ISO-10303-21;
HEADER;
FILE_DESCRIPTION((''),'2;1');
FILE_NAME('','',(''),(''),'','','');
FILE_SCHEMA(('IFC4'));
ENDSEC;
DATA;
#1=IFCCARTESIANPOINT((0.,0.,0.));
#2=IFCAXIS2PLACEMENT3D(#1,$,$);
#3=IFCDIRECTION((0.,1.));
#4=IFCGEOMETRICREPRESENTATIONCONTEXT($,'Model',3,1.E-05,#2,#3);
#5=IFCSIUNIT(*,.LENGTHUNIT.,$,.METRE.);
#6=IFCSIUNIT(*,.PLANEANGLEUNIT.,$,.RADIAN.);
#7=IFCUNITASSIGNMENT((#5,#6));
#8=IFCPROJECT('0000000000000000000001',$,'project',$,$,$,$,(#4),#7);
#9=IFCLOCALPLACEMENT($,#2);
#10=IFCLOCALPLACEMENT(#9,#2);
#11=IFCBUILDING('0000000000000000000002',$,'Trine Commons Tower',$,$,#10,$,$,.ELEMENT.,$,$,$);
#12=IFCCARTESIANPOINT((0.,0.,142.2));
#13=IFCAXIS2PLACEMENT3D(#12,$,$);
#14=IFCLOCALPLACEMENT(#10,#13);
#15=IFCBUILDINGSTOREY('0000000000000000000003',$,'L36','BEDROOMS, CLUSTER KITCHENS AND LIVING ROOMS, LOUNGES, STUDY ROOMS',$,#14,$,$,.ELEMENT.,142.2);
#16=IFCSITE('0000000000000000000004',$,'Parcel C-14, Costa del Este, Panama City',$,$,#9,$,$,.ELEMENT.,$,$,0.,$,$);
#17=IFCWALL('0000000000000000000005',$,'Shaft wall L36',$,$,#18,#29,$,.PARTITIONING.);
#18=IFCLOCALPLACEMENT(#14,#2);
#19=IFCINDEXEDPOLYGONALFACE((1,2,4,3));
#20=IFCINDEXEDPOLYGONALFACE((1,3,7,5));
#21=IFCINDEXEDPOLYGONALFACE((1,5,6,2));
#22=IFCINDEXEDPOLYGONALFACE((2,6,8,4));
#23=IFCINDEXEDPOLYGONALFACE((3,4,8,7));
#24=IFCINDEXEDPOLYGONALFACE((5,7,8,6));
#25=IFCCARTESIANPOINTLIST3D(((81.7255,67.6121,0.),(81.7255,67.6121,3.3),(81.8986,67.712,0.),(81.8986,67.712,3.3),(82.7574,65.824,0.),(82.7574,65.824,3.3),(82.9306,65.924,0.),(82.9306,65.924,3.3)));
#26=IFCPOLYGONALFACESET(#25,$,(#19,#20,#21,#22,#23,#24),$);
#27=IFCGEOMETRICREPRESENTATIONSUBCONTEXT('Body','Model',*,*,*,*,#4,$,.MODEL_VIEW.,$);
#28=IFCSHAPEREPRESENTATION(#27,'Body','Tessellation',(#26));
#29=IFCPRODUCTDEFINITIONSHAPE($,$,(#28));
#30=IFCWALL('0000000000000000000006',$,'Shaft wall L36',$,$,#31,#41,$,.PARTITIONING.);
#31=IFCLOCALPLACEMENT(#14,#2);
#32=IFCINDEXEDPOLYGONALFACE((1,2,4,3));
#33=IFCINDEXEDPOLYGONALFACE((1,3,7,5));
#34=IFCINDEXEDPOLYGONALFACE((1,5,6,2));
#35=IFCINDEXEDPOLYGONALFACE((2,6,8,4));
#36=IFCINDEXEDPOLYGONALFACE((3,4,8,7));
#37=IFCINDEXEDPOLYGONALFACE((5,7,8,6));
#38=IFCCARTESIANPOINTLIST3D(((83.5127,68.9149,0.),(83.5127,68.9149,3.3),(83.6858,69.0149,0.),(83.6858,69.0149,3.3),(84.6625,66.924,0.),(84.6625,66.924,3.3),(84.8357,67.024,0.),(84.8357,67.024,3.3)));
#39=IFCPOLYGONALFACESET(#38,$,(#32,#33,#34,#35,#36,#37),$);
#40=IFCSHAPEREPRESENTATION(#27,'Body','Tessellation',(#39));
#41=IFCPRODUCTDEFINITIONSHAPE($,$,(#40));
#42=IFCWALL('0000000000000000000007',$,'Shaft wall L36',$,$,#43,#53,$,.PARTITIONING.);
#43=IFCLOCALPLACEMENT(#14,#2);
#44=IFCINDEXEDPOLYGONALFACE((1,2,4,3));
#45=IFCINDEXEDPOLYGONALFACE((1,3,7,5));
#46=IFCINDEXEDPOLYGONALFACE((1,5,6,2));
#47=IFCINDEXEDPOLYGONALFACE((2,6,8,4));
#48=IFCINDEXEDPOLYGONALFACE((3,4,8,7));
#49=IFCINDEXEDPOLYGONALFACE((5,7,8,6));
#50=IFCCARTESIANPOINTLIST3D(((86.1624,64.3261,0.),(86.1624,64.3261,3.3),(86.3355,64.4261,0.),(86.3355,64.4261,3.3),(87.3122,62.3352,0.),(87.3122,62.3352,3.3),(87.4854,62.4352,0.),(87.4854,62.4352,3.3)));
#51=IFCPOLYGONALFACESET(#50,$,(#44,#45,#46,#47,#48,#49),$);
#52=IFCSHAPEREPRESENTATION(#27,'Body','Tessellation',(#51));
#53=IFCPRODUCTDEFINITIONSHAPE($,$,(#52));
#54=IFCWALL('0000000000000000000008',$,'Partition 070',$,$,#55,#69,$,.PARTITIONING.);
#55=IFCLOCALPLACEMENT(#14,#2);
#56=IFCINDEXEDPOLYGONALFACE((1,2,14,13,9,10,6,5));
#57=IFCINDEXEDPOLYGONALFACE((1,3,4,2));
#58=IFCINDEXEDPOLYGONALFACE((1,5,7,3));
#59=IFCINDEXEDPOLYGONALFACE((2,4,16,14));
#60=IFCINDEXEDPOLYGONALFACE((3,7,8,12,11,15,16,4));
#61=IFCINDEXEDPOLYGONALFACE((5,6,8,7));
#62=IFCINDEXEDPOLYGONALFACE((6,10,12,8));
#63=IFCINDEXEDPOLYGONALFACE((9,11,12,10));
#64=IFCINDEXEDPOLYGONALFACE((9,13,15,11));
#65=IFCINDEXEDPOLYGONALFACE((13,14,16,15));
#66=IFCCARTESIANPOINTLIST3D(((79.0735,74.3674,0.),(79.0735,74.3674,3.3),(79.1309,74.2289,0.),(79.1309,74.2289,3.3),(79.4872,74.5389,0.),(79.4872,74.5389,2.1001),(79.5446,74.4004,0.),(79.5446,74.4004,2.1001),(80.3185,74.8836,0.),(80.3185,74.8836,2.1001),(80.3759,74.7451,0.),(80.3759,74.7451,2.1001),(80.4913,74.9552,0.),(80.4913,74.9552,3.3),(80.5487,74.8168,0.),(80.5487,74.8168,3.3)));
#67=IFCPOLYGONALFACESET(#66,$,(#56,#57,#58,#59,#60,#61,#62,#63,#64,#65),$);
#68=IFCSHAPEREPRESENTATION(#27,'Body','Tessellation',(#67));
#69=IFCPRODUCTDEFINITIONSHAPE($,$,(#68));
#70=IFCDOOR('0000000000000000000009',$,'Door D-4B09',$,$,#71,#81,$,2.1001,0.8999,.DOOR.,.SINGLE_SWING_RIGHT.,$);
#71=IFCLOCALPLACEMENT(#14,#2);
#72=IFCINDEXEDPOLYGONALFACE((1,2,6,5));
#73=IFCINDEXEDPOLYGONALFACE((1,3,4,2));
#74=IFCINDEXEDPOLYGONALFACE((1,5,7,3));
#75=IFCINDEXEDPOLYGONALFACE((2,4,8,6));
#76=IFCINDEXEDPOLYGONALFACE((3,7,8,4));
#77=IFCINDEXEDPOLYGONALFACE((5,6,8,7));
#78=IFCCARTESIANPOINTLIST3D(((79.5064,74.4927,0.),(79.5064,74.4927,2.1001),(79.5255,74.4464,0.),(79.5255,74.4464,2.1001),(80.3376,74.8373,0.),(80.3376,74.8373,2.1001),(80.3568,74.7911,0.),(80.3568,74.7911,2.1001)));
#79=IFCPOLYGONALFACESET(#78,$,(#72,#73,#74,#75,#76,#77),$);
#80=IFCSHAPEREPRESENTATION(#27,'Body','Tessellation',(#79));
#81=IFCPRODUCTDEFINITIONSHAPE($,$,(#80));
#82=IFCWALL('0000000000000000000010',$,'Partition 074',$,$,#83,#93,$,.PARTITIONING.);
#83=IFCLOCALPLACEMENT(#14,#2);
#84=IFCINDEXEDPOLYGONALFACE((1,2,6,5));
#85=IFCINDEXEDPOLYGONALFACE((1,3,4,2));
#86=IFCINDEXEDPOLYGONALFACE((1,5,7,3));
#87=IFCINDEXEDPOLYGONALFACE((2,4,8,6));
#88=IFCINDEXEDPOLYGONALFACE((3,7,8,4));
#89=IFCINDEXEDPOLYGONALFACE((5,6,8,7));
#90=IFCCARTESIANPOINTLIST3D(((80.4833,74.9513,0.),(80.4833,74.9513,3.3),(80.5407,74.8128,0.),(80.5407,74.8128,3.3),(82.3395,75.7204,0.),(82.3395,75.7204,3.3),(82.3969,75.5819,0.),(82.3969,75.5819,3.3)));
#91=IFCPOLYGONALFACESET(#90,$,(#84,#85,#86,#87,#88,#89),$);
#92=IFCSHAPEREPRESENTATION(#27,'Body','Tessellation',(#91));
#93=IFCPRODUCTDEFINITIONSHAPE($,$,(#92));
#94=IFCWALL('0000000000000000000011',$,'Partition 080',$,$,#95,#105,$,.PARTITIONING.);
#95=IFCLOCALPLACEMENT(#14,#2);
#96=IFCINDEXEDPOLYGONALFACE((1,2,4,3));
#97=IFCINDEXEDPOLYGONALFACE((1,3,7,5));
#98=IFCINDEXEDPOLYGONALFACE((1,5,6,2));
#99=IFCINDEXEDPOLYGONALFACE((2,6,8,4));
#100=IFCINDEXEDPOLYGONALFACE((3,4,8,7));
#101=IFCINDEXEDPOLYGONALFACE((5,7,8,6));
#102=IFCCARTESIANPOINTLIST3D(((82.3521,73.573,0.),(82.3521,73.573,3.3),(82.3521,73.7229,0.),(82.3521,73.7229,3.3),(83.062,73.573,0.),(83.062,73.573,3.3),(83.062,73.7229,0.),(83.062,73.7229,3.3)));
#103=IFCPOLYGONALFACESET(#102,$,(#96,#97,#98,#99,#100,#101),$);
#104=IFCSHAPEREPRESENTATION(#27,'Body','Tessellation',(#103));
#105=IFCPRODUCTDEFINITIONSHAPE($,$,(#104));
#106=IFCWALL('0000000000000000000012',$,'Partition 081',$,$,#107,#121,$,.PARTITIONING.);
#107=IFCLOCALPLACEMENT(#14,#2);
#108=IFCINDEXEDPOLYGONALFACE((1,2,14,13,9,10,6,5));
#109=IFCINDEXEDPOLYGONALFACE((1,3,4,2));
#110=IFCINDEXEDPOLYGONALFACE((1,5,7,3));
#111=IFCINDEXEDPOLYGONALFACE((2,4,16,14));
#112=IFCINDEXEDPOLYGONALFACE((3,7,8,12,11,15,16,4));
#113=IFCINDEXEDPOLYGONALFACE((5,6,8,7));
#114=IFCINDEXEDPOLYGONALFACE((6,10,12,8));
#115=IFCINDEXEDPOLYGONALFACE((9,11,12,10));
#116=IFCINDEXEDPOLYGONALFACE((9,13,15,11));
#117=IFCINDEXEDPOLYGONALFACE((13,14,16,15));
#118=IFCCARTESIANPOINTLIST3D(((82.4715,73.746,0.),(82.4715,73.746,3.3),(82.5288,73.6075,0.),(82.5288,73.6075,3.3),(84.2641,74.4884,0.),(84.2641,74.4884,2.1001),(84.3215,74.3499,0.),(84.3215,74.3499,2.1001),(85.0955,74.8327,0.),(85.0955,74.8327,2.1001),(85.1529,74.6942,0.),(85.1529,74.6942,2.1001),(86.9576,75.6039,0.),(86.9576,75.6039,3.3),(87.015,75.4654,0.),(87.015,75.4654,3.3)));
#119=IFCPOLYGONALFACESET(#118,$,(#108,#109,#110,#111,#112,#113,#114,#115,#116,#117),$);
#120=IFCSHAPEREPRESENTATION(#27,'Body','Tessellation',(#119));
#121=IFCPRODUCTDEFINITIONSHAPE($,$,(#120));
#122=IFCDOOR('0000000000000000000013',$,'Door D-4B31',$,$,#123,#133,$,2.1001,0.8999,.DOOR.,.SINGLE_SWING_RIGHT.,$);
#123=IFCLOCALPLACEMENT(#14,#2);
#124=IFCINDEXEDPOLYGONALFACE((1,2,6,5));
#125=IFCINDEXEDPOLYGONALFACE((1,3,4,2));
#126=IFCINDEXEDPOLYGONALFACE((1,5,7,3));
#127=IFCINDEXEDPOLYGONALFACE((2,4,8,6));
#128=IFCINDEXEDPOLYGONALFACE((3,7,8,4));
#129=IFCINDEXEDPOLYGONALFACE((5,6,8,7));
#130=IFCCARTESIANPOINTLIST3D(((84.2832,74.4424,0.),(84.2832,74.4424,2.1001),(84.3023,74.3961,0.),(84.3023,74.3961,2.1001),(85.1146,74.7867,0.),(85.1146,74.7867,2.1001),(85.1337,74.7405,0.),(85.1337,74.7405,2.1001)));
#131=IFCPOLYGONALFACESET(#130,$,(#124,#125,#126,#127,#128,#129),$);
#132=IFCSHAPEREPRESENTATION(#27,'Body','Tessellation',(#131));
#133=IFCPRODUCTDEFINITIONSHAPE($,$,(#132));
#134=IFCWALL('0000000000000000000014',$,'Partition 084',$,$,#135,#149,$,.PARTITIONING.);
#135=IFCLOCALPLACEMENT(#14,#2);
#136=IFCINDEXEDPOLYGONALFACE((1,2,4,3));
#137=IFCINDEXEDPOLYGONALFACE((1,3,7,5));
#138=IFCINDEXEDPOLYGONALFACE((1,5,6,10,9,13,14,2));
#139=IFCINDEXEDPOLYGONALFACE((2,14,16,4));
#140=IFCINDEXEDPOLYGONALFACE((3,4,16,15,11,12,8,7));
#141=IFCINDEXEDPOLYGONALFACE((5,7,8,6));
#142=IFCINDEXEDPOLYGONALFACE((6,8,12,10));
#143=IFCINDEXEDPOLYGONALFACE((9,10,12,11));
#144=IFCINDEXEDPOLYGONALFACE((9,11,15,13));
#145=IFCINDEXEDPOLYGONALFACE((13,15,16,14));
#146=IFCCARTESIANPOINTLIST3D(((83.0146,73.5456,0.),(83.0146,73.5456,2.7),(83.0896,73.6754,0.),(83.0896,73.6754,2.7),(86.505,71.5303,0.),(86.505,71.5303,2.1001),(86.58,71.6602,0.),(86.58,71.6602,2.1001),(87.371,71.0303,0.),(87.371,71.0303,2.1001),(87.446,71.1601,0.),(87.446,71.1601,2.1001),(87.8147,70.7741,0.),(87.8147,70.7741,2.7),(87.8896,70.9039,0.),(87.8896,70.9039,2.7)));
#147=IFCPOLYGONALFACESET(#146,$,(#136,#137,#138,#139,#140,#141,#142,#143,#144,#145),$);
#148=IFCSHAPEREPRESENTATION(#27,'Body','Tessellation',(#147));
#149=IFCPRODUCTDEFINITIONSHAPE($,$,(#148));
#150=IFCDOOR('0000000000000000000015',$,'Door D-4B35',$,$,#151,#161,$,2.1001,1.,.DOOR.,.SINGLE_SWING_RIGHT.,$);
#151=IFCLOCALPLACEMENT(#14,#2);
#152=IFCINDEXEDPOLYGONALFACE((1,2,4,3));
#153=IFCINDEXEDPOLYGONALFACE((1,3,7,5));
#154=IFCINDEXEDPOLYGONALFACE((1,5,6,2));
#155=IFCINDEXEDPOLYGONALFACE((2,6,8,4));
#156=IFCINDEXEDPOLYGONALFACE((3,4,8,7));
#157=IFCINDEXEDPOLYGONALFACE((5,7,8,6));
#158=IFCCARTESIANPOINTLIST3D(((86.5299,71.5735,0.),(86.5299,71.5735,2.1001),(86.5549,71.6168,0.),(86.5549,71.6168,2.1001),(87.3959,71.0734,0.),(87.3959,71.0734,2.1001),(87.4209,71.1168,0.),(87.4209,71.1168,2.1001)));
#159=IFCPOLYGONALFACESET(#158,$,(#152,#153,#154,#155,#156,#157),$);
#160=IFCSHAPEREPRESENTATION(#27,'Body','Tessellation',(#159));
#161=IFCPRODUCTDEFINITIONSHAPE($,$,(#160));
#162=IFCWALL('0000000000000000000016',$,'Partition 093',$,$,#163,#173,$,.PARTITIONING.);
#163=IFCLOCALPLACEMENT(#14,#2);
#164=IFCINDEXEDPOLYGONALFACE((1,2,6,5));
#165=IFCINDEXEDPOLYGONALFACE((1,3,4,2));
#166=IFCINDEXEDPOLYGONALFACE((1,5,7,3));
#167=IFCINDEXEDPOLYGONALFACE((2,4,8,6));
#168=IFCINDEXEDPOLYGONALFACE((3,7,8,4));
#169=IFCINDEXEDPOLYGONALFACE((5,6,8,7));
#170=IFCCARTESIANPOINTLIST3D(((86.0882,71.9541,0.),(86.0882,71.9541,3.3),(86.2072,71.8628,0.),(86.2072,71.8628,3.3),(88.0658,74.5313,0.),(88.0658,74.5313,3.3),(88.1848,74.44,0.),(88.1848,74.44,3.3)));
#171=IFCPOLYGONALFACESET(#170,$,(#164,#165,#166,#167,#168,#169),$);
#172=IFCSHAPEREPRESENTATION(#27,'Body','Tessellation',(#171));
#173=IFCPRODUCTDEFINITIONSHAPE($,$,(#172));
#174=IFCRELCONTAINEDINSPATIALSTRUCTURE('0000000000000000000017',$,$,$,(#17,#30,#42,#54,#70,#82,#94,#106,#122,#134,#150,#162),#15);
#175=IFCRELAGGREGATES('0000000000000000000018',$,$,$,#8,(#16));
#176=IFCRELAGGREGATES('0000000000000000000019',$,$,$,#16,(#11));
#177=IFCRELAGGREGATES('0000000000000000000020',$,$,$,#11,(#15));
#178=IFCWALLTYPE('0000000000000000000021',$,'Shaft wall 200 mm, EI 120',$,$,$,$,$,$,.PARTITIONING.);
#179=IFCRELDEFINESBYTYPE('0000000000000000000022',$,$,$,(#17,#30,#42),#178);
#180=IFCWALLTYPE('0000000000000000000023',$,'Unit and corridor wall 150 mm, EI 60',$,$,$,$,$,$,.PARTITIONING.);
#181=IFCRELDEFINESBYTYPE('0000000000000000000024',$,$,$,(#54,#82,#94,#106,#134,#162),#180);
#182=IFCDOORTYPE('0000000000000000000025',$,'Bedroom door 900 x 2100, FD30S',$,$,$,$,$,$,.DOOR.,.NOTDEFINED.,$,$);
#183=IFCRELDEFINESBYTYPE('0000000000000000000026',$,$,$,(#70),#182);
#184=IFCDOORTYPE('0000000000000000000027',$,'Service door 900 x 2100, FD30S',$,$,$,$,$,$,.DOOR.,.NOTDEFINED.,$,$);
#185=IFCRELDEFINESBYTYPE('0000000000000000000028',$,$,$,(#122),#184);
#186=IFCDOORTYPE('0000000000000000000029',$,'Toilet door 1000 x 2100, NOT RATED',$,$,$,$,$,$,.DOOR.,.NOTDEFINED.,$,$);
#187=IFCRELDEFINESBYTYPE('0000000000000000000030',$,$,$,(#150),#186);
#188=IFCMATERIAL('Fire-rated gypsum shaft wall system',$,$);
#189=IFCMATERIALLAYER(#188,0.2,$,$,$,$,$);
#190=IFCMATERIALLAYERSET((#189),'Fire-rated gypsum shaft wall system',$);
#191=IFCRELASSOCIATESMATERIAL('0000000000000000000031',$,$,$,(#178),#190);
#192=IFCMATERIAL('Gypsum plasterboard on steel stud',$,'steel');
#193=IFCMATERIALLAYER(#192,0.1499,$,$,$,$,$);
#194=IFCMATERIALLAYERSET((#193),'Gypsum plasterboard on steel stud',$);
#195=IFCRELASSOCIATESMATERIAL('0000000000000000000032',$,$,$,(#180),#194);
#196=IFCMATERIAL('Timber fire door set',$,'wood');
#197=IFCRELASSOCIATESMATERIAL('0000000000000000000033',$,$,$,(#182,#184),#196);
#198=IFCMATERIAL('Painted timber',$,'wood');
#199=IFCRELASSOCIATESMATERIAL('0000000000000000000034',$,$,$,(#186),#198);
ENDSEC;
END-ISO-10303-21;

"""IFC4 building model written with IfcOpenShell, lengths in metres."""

from ifc_helpers import new_model, si_unit, direction, frame, frame_2d, origin, place, context, subcontext, project, spatial, rectangle, extrude, material, layer, layer_set, type_object, element, fill, save


model = new_model("IFC4")

# Units and contexts
model_context = context("Model", 3, precision=1e-05, world=origin(), true_north=direction((0.0, 1.0)))
body_context = subcontext(model_context, "Body", "Model", "MODEL_VIEW")
ifc_project = project(units=[si_unit("LENGTHUNIT", "METRE"), si_unit("PLANEANGLEUNIT", "RADIAN")], contexts=[model_context])

# Site, building, storey
site_placement = place(None, origin())
site = spatial("IfcSite", under=ifc_project, at=site_placement, Name="Parcel C-14, Costa del Este, Panama City", CompositionType="ELEMENT", RefElevation=0.0)
building_placement = place(site_placement, origin())
building = spatial("IfcBuilding", under=site, at=building_placement, Name="Trine Commons Tower", CompositionType="ELEMENT")
storey_placement = place(building_placement, frame((0.0, 0.0, 142.2)))
storey = spatial("IfcBuildingStorey", under=building, at=storey_placement, Name="L36", Description="BEDROOMS, CLUSTER KITCHENS AND LIVING ROOMS, LOUNGES, STUDY ROOMS", CompositionType="ELEMENT", Elevation=142.2)

# Walls
ifc_material_1 = material(Name="Fire-rated gypsum shaft wall system")
ifc_layer_1 = layer(ifc_material_1, 0.2)
ifc_layer_set_1 = layer_set([ifc_layer_1], Name="Fire-rated gypsum shaft wall system")
wall_type_1 = type_object("IfcWallType", Name="Shaft wall 200 mm, EI 120", PredefinedType="PARTITIONING", material=ifc_layer_set_1)
wall_1_placement = place(storey_placement, frame((82.844, 65.874, 0.0), z_axis=(0.0, 0.0, 1.0), x_axis=(-0.499866, 0.866103, 0.0)))
element("IfcWall", 1, at=wall_1_placement, inside=storey, type_object=wall_type_1, Name="Shaft wall L36", PredefinedType="PARTITIONING", context=body_context, shape_type="SweptSolid", body=[
    extrude(rectangle(XDim=2.0645, YDim=0.2, at=frame_2d((1.0322, 0.0))), origin(), (0.0, 0.0, 1.0), 3.3),
])
for number, where, z_axis, x_axis, name in (
    (2, (84.749, 66.9741, 0.0), (0.0, 0.0, 1.0), (-0.500136, 0.865947, 0.0), "Shaft wall L36"),
    (3, (86.249, 64.376, 0.0), (0.0, 0.0, 1.0), (0.500136, -0.865947, 0.0), "Shaft wall L36"),
):
    element("IfcWall", number, at=place(storey_placement, frame(where, z_axis=z_axis, x_axis=x_axis)), inside=storey, type_object=wall_type_1, Name=name, PredefinedType="PARTITIONING", context=body_context, shape_type="SweptSolid", body=[
        extrude(rectangle(XDim=2.2991, YDim=0.2, at=frame_2d((1.1494, 0.0))), origin(), (0.0, 0.0, 1.0), 3.3),
    ])

# Wall, opening, door
ifc_material_2 = material(Name="Gypsum plasterboard on steel stud", Category="steel")
ifc_layer_2 = layer(ifc_material_2, 0.1499)
ifc_layer_set_2 = layer_set([ifc_layer_2], Name="Gypsum plasterboard on steel stud")
wall_type_2 = type_object("IfcWallType", Name="Unit and corridor wall 150 mm, EI 60", PredefinedType="PARTITIONING", material=ifc_layer_set_2)
wall_2_placement = place(storey_placement, frame((79.1021, 74.2981, 0.0), z_axis=(0.0, 0.0, 1.0), x_axis=(0.923753, 0.382989, 0.0)))
wall_2 = element("IfcWall", 4, at=wall_2_placement, inside=storey, type_object=wall_type_2, Name="Partition 070", PredefinedType="PARTITIONING", context=body_context, shape_type="SweptSolid", body=[
    extrude(rectangle(XDim=1.5349, YDim=0.1499, at=frame_2d((0.7676, 0.0))), origin(), (0.0, 0.0, 1.0), 3.3),
])
opening_1_placement = place(wall_2_placement, frame((0.448, 0.0, 0.0)))
opening_1 = element("IfcOpeningElement", 5, at=opening_1_placement, cuts=wall_2, PredefinedType="OPENING", context=body_context, shape_type="SweptSolid", body=[
    extrude(rectangle(XDim=0.8999, YDim=2.1001, at=frame_2d((0.45, 1.05))), frame((0.0, 0.085, 0.0), z_axis=(0.0, -1.0, 0.0), x_axis=(1.0, 0.0, 0.0)), (0.0, 0.0, 1.0), 0.1699),
])
ifc_material_3 = material(Name="Timber fire door set", Category="wood")
door_type_1 = type_object("IfcDoorType", Name="Bedroom door 900 x 2100, FD30S", OperationType="NOTDEFINED", PredefinedType="DOOR", material=ifc_material_3)
door_1_placement = place(opening_1_placement, origin())
door_1 = element("IfcDoor", 6, at=door_1_placement, inside=storey, type_object=door_type_1, Name="Door D-4B09", OperationType="SINGLE_SWING_RIGHT", OverallHeight=2.1001, OverallWidth=0.8999, PredefinedType="DOOR", context=body_context, shape_type="SweptSolid", body=[
    extrude(rectangle(XDim=0.8999, YDim=2.1001, at=frame_2d((0.45, 1.05))), frame((0.0, 0.0249, 0.0), z_axis=(0.0, -1.0, 0.0), x_axis=(1.0, 0.0, 0.0)), (0.0, 0.0, 1.0), 0.05),
])
fill(opening_1, door_1)

# Walls
wall_3_placement = place(storey_placement, frame((80.512, 74.8821, 0.0), z_axis=(0.0, 0.0, 1.0), x_axis=(0.923848, 0.38276, 0.0)))
element("IfcWall", 7, at=wall_3_placement, inside=storey, type_object=wall_type_2, Name="Partition 074", PredefinedType="PARTITIONING", context=body_context, shape_type="SweptSolid", body=[
    extrude(rectangle(XDim=2.0093, YDim=0.1499, at=frame_2d((1.0046, 0.0))), origin(), (0.0, 0.0, 1.0), 3.3),
])
wall_4_placement = place(storey_placement, frame((82.3521, 73.6479, 0.0), z_axis=(0.0, 0.0, 1.0), x_axis=(1.0, 0.0, 0.0)))
element("IfcWall", 8, at=wall_4_placement, inside=storey, type_object=wall_type_2, Name="Partition 080", PredefinedType="PARTITIONING", context=body_context, shape_type="SweptSolid", body=[
    extrude(rectangle(XDim=0.71, YDim=0.1499, at=frame_2d((0.355, 0.0))), origin(), (0.0, 0.0, 1.0), 3.3),
])

# Walls, openings, doors
wall_5_placement = place(storey_placement, frame((82.5002, 73.6768, 0.0), z_axis=(0.0, 0.0, 1.0), x_axis=(0.9239, 0.382633, 0.0)))
wall_5 = element("IfcWall", 9, at=wall_5_placement, inside=storey, type_object=wall_type_2, Name="Partition 081", PredefinedType="PARTITIONING", context=body_context, shape_type="SweptSolid", body=[
    extrude(rectangle(XDim=4.8557, YDim=0.1499, at=frame_2d((2.4277, 0.0))), origin(), (0.0, 0.0, 1.0), 3.3),
])
opening_2_placement = place(wall_5_placement, frame((1.9402, 0.0, 0.0)))
opening_2 = element("IfcOpeningElement", 10, at=opening_2_placement, cuts=wall_5, PredefinedType="OPENING", context=body_context, shape_type="SweptSolid", body=[
    extrude(rectangle(XDim=0.8999, YDim=2.1001, at=frame_2d((0.45, 1.05))), frame((0.0, 0.085, 0.0), z_axis=(0.0, -1.0, 0.0), x_axis=(1.0, 0.0, 0.0)), (0.0, 0.0, 1.0), 0.1699),
])
door_type_2 = type_object("IfcDoorType", Name="Service door 900 x 2100, FD30S", OperationType="NOTDEFINED", PredefinedType="DOOR", material=ifc_material_3)
door_2_placement = place(opening_2_placement, frame((0.8999, 0.0, 0.0), z_axis=(0.0, 0.0, 1.0), x_axis=(-1.0, 0.0, 0.0)))
door_2 = element("IfcDoor", 11, at=door_2_placement, inside=storey, type_object=door_type_2, Name="Door D-4B31", OperationType="SINGLE_SWING_RIGHT", OverallHeight=2.1001, OverallWidth=0.8999, PredefinedType="DOOR", context=body_context, shape_type="SweptSolid", body=[
    extrude(rectangle(XDim=0.8999, YDim=2.1001, at=frame_2d((0.45, 1.05))), frame((0.0, 0.0249, 0.0), z_axis=(0.0, -1.0, 0.0), x_axis=(1.0, 0.0, 0.0)), (0.0, 0.0, 1.0), 0.05),
])
fill(opening_2, door_2)
wall_6_placement = place(storey_placement, frame((83.052, 73.6106, 0.0), z_axis=(0.0, 0.0, 1.0), x_axis=(0.866012, -0.500024, 0.0)))
wall_6 = element("IfcWall", 12, at=wall_6_placement, inside=storey, type_object=wall_type_2, Name="Partition 084", PredefinedType="PARTITIONING", context=body_context, shape_type="SweptSolid", body=[
    extrude(rectangle(XDim=5.5427, YDim=0.1499, at=frame_2d((2.7715, 0.0))), origin(), (0.0, 0.0, 1.0), 2.7),
])
opening_3_placement = place(wall_6_placement, frame((4.0305, 0.0, 0.0)))
opening_3 = element("IfcOpeningElement", 13, at=opening_3_placement, cuts=wall_6, PredefinedType="OPENING", context=body_context, shape_type="SweptSolid", body=[
    extrude(rectangle(XDim=1.0, YDim=2.1001, at=frame_2d((0.5, 1.05))), frame((0.0, 0.085, 0.0), z_axis=(0.0, -1.0, 0.0), x_axis=(1.0, 0.0, 0.0)), (0.0, 0.0, 1.0), 0.1699),
])
ifc_material_4 = material(Name="Painted timber", Category="wood")
door_type_3 = type_object("IfcDoorType", Name="Toilet door 1000 x 2100, NOT RATED", OperationType="NOTDEFINED", PredefinedType="DOOR", material=ifc_material_4)
door_3_placement = place(opening_3_placement, origin())
door_3 = element("IfcDoor", 14, at=door_3_placement, inside=storey, type_object=door_type_3, Name="Door D-4B35", OperationType="SINGLE_SWING_RIGHT", OverallHeight=2.1001, OverallWidth=1.0, PredefinedType="DOOR", context=body_context, shape_type="SweptSolid", body=[
    extrude(rectangle(XDim=1.0, YDim=2.1001, at=frame_2d((0.5, 1.05))), frame((0.0, 0.0249, 0.0), z_axis=(0.0, -1.0, 0.0), x_axis=(1.0, 0.0, 0.0)), (0.0, 0.0, 1.0), 0.05),
])
fill(opening_3, door_3)

# Wall
wall_7_placement = place(storey_placement, frame((86.1477, 71.9084, 0.0), z_axis=(0.0, 0.0, 1.0), x_axis=(0.608766, 0.79335, 0.0)))
element("IfcWall", 15, at=wall_7_placement, inside=storey, type_object=wall_type_2, Name="Partition 093", PredefinedType="PARTITIONING", context=body_context, shape_type="SweptSolid", body=[
    extrude(rectangle(XDim=3.2485, YDim=0.1499, at=frame_2d((1.6243, 0.0))), origin(), (0.0, 0.0, 1.0), 3.3),
])

save(model, "model.ifc")
